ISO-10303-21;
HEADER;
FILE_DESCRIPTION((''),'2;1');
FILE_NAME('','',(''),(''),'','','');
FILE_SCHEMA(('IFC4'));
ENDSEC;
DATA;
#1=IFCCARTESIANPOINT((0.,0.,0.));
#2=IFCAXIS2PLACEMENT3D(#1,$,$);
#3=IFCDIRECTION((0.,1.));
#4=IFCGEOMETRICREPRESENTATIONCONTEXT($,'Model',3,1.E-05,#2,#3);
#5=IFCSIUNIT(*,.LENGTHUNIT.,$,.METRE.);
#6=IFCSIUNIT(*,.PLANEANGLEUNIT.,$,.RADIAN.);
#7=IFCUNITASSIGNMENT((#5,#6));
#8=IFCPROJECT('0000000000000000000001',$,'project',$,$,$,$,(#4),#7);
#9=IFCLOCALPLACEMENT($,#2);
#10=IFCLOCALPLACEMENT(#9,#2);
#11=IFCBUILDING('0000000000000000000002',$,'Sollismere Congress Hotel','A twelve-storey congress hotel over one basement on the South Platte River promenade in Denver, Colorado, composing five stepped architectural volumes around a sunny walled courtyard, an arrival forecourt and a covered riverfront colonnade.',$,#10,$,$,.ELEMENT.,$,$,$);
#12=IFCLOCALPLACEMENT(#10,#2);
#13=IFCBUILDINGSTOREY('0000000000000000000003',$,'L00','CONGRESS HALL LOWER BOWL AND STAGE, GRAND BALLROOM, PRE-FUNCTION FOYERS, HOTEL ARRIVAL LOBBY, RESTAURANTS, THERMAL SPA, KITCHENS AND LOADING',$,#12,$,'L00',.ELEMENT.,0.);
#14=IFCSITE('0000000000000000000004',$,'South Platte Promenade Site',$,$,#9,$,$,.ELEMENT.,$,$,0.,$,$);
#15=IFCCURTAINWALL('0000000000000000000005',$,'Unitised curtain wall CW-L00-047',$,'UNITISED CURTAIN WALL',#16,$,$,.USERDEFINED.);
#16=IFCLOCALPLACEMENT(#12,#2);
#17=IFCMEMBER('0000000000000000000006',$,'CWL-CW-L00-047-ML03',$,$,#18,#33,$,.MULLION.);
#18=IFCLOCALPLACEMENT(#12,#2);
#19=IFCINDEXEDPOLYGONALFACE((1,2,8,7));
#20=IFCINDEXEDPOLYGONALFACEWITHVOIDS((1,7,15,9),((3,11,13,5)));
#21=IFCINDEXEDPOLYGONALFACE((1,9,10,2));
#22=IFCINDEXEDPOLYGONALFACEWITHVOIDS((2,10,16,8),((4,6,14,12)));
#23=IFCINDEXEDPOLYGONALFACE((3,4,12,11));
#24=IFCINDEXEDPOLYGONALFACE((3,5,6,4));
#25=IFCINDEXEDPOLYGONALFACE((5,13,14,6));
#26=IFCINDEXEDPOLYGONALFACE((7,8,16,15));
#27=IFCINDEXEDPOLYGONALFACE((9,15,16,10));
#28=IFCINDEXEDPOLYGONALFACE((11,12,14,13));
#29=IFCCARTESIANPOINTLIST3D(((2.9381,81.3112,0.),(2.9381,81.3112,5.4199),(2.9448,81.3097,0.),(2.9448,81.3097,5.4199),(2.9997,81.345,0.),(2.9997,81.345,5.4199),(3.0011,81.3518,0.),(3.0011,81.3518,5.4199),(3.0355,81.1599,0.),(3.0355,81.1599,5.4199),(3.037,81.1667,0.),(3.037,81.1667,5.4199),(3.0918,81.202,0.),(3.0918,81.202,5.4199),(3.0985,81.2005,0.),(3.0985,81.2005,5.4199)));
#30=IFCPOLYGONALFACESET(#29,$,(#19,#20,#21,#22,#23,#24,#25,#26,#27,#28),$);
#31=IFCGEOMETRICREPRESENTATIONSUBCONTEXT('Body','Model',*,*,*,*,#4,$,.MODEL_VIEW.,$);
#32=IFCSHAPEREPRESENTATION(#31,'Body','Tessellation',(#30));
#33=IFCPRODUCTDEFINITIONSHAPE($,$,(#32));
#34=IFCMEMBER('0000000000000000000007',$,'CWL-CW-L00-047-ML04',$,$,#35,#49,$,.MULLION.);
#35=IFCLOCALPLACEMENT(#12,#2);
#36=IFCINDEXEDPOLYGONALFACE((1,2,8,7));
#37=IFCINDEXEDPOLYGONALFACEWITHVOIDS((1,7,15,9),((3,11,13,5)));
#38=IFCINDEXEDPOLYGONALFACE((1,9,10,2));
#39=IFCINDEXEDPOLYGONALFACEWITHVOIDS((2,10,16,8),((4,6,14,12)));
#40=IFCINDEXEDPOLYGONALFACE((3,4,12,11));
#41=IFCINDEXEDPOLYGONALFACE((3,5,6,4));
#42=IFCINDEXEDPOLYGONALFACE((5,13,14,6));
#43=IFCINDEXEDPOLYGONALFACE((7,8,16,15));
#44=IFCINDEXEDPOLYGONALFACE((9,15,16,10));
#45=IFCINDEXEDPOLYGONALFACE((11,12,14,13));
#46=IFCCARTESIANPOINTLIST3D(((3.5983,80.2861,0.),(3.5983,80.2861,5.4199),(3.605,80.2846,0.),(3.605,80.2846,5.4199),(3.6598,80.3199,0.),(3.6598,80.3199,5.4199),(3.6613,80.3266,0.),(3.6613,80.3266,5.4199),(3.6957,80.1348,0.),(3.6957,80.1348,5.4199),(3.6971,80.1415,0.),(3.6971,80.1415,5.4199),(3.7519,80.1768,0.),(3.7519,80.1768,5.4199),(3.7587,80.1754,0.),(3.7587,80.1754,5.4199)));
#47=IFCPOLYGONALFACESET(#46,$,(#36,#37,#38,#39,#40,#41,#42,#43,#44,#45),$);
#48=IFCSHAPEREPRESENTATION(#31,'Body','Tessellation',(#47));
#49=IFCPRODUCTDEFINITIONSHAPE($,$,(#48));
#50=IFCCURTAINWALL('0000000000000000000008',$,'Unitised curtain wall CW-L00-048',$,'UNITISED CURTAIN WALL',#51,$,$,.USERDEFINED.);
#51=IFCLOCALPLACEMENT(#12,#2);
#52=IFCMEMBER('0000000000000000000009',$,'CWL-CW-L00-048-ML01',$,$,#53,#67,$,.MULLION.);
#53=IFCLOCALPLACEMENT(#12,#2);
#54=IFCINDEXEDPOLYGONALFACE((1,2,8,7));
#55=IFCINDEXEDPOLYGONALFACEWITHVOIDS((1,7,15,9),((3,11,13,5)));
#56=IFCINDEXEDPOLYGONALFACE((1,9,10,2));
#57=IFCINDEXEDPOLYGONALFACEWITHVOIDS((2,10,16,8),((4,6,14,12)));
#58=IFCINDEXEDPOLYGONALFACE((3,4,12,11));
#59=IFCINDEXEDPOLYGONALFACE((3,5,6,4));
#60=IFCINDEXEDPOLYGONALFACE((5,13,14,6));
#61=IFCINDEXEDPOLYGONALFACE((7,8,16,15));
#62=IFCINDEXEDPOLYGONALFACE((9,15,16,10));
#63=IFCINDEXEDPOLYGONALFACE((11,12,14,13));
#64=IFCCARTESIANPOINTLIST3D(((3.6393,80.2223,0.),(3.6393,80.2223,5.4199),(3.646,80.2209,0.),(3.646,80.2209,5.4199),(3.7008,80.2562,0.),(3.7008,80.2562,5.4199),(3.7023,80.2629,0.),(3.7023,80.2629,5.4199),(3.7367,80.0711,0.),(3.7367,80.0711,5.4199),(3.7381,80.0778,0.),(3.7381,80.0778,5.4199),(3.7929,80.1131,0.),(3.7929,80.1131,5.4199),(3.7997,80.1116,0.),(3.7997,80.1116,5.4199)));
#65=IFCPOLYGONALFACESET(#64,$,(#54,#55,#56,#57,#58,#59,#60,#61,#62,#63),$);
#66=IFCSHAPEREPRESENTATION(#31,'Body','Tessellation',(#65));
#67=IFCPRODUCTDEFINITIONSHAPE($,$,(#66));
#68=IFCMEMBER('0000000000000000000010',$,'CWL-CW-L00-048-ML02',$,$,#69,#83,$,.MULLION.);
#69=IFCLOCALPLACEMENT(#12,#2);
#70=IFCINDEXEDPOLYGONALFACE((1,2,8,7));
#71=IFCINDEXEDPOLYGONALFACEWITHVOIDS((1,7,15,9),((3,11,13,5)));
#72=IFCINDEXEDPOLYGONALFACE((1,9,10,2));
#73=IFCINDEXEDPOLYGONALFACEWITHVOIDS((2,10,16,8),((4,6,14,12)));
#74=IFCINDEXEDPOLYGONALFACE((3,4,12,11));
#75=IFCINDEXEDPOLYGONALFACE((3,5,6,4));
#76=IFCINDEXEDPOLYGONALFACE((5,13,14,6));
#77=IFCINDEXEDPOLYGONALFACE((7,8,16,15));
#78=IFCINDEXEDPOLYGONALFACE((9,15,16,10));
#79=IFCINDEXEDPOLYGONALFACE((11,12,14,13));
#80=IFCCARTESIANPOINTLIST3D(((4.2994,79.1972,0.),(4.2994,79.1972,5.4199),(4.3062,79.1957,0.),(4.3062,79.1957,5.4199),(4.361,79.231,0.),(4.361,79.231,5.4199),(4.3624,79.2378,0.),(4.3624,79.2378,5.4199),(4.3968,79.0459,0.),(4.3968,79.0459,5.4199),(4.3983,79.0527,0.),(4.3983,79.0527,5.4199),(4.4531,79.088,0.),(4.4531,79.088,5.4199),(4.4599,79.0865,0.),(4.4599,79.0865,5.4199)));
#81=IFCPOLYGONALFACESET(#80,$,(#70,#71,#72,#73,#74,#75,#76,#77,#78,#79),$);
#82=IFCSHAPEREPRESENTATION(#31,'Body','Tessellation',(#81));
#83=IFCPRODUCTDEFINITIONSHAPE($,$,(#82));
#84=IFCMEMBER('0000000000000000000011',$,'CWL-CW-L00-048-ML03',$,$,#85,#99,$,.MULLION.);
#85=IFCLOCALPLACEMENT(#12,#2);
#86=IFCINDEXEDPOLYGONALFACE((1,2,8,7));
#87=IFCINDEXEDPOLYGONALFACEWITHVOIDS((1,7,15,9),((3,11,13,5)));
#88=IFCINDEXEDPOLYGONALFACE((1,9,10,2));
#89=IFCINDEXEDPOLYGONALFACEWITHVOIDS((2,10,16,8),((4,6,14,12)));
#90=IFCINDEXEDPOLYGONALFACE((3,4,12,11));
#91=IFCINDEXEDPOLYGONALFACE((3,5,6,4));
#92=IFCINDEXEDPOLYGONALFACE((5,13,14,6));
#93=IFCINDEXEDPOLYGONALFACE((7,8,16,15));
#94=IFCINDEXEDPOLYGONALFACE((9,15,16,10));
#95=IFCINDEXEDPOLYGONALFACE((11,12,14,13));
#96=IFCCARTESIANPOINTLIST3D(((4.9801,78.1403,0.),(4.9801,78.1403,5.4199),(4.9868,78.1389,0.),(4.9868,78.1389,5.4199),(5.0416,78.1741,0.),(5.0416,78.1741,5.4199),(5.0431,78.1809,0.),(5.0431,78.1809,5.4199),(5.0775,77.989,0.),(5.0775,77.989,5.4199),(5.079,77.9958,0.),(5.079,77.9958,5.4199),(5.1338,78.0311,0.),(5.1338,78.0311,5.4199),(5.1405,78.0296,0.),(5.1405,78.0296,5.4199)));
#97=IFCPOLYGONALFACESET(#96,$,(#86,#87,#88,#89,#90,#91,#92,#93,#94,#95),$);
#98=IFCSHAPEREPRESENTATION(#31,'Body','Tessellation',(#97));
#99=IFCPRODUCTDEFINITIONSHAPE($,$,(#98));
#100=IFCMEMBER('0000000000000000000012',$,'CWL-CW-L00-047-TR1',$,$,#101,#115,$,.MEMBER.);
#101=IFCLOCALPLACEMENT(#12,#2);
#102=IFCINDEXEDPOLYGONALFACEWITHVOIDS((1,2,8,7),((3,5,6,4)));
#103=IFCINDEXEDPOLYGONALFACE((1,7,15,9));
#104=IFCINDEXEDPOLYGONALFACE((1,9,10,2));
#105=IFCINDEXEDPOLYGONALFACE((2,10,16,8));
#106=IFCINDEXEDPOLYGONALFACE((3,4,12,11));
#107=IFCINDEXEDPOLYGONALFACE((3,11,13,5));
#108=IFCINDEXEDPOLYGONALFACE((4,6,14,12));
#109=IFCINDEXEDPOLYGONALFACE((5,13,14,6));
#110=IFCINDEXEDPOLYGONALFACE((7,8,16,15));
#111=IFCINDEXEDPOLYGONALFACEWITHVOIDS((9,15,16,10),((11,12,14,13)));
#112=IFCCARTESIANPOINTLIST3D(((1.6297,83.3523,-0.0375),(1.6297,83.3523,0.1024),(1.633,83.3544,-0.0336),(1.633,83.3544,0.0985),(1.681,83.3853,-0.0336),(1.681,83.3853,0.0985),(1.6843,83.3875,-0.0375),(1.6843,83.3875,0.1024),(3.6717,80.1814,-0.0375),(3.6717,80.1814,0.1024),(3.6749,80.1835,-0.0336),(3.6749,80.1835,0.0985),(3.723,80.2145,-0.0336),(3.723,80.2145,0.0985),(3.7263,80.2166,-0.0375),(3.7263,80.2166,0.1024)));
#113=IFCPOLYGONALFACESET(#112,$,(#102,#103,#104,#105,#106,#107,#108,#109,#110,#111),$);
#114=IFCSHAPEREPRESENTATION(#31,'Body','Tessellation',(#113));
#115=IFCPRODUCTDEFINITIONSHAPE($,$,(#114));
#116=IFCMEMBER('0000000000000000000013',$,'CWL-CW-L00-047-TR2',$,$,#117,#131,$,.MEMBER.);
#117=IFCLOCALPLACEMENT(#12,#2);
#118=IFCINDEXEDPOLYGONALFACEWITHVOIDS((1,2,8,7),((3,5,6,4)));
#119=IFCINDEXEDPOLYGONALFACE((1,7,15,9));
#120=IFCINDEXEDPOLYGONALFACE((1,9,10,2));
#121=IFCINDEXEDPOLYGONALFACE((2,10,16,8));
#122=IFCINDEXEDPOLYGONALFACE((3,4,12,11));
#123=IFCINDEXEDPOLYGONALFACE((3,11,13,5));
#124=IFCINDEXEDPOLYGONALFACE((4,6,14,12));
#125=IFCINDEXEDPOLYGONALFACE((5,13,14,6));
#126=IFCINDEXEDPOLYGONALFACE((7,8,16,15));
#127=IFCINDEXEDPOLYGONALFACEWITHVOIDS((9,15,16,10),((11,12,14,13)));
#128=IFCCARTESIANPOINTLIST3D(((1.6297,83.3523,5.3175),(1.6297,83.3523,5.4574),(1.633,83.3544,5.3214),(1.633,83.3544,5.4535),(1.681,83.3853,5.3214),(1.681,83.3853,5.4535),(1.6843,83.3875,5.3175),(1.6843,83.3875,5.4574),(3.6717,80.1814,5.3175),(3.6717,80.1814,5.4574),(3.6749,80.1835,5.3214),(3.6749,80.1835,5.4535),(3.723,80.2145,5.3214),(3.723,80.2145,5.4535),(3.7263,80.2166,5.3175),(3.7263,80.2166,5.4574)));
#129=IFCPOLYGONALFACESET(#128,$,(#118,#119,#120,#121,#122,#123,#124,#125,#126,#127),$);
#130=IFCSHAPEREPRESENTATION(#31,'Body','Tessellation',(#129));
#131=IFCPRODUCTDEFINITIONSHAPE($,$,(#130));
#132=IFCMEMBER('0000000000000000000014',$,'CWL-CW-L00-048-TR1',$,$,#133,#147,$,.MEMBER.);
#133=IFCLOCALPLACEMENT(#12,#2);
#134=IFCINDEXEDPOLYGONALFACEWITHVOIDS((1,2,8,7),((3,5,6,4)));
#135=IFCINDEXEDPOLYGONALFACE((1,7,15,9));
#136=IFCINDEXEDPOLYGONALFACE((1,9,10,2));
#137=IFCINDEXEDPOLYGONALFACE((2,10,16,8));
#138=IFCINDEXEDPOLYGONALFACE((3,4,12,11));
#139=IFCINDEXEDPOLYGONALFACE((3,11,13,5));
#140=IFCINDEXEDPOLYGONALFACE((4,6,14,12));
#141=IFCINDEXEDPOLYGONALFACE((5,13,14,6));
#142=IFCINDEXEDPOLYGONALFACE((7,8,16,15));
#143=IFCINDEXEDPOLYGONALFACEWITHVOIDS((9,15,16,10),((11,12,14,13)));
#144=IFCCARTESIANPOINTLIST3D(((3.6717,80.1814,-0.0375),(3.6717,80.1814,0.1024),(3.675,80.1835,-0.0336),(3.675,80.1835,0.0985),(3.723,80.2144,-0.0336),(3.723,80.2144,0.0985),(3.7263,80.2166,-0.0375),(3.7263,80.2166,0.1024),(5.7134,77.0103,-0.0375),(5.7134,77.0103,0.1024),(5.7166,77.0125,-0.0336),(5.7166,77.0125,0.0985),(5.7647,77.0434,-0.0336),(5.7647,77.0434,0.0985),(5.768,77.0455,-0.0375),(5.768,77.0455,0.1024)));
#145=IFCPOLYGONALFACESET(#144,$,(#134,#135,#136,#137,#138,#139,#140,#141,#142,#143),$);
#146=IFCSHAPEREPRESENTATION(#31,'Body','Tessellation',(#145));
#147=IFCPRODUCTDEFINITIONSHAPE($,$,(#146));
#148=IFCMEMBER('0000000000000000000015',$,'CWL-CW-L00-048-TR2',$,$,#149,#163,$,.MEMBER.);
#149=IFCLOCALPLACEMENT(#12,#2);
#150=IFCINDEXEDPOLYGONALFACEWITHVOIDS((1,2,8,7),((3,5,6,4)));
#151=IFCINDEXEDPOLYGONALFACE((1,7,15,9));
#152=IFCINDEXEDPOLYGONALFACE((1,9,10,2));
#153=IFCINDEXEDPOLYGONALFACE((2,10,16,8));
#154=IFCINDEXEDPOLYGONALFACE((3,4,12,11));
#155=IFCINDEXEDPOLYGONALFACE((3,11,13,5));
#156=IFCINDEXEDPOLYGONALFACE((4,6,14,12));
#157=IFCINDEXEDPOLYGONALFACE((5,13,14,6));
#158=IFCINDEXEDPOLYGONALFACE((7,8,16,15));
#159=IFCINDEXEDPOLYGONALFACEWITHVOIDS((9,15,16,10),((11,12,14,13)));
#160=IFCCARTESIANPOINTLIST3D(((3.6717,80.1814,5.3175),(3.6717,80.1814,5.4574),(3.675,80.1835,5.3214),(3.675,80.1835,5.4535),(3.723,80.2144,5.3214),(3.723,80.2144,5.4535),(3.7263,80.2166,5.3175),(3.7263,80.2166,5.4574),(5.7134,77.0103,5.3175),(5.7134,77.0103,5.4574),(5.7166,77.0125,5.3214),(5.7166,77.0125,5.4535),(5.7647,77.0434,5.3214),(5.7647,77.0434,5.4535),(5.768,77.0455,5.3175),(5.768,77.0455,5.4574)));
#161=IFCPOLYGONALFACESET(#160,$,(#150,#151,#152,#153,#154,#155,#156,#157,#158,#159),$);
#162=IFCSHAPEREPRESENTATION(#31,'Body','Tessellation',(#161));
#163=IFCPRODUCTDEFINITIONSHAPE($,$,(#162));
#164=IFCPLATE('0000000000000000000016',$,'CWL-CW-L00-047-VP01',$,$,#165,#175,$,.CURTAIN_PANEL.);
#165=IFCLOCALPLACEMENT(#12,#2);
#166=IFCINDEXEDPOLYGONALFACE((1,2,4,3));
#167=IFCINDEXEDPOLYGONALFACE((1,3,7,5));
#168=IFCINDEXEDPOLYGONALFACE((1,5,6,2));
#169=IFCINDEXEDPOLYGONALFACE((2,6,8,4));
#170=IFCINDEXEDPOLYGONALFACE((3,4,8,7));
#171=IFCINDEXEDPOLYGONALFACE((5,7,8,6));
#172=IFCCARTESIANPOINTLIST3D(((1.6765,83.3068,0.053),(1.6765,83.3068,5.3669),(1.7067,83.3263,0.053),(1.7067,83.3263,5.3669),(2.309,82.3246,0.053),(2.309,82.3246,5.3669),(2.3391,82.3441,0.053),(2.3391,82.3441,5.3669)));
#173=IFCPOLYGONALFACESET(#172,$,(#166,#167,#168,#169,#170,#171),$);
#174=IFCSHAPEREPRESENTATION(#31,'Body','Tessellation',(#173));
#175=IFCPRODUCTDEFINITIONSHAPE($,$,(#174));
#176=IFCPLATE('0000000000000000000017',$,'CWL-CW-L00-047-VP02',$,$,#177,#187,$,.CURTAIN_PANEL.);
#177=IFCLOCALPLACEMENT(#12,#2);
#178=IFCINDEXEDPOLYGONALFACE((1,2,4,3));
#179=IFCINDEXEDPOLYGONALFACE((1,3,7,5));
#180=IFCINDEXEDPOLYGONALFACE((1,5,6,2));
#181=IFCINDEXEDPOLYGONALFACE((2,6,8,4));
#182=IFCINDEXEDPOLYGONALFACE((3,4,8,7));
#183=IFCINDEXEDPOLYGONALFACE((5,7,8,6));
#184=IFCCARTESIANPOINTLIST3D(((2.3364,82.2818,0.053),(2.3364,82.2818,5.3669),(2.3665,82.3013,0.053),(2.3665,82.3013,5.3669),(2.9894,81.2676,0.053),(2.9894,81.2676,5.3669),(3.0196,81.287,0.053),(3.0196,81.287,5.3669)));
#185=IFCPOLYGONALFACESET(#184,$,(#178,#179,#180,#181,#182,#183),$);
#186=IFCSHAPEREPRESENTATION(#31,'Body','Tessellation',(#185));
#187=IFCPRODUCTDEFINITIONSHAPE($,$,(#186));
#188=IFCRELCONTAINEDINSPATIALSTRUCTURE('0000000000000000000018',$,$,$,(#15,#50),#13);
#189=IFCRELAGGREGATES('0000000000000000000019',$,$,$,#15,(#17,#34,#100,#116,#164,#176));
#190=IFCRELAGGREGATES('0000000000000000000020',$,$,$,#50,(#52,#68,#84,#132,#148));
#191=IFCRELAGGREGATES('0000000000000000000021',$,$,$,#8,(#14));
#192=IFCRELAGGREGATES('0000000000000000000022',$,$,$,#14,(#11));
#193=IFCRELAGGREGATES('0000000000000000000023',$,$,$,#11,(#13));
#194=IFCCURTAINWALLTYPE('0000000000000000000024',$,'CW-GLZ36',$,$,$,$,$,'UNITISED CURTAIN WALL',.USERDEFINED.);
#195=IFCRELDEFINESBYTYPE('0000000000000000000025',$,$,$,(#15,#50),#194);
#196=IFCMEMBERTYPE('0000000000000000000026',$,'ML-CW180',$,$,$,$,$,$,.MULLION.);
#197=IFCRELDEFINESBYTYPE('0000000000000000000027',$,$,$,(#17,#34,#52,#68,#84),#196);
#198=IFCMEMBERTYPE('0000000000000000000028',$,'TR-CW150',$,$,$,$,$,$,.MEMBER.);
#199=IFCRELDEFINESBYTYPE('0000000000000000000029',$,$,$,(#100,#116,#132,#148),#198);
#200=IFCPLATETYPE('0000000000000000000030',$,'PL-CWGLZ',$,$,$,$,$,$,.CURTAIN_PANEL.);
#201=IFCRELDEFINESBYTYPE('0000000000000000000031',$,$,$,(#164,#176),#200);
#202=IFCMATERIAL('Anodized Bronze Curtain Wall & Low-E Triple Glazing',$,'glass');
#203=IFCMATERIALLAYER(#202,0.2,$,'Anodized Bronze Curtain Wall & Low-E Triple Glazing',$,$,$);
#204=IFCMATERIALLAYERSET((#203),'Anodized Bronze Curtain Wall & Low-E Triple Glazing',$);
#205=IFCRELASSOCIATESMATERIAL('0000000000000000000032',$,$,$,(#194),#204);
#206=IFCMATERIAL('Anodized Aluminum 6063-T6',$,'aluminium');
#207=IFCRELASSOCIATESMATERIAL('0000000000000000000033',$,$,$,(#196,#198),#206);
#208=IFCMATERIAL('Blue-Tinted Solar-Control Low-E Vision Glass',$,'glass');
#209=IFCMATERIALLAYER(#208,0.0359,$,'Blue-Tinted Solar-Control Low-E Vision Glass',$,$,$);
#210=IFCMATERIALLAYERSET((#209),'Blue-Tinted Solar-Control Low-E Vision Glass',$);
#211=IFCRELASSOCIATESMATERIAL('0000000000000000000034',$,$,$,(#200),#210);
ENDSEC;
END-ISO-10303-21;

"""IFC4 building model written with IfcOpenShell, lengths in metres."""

from ifc_helpers import new_model, si_unit, direction, frame, origin, origin_2d, place, context, subcontext, project, spatial, rectangle, hollow_rectangle, extrude, material, layer, layer_set, material_profile, profile_set, type_object, element, aggregate, save


model = new_model("IFC4")

# Units and contexts
model_context = context("Model", 3, precision=1e-05, world=origin(), true_north=direction((0.0, 1.0)))
body_context = subcontext(model_context, "Body", "Model", "MODEL_VIEW")
ifc_project = project(units=[si_unit("LENGTHUNIT", "METRE"), si_unit("PLANEANGLEUNIT", "RADIAN")], contexts=[model_context])

# Site, building, storey
site_placement = place(None, origin())
site = spatial("IfcSite", under=ifc_project, at=site_placement, Name="South Platte Promenade Site", CompositionType="ELEMENT", RefElevation=0.0)
building_placement = place(site_placement, origin())
building = spatial("IfcBuilding", under=site, at=building_placement, Name="Sollismere Congress Hotel", Description="A twelve-storey congress hotel over one basement on the South Platte River promenade in Denver, Colorado, composing five stepped architectural volumes around a sunny walled courtyard, an arrival forecourt and a covered riverfront colonnade.", CompositionType="ELEMENT")
storey_placement = place(building_placement, origin())
storey = spatial("IfcBuildingStorey", under=building, at=storey_placement, Name="L00", Description="CONGRESS HALL LOWER BOWL AND STAGE, GRAND BALLROOM, PRE-FUNCTION FOYERS, HOTEL ARRIVAL LOBBY, RESTAURANTS, THERMAL SPA, KITCHENS AND LOADING", LongName="L00", CompositionType="ELEMENT", Elevation=0.0)

# Curtain walls, members
ifc_material_1 = material(Name="Anodized Bronze Curtain Wall & Low-E Triple Glazing", Category="glass")
ifc_layer_1 = layer(ifc_material_1, 0.2, Name="Anodized Bronze Curtain Wall & Low-E Triple Glazing")
ifc_layer_set_1 = layer_set([ifc_layer_1], Name="Anodized Bronze Curtain Wall & Low-E Triple Glazing")
curtain_wall_type = type_object("IfcCurtainWallType", Name="CW-GLZ36", ElementType="UNITISED CURTAIN WALL", PredefinedType="USERDEFINED", material=ifc_layer_set_1)
curtain_wall_1_placement = place(storey_placement, origin())
curtain_wall_1 = element("IfcCurtainWall", 1, at=curtain_wall_1_placement, inside=storey, type_object=curtain_wall_type, Name="Unitised curtain wall CW-L00-047", ObjectType="UNITISED CURTAIN WALL", PredefinedType="USERDEFINED")
ifc_material_2 = material(Name="Anodized Aluminum 6063-T6", Category="aluminium")
ifc_material_profile_1 = material_profile(ifc_material_2, hollow_rectangle(XDim=0.075, YDim=0.1799, WallThickness=0.0049, at=origin_2d()), Name="ALU180X75X5")
ifc_profile_set_1 = profile_set([ifc_material_profile_1], Name="Anodized Aluminum 6063-T6")
member_type_1 = type_object("IfcMemberType", Name="ML-CW180", PredefinedType="MULLION", material=ifc_profile_set_1)
member_1_placement = place(storey_placement, frame((3.0183, 81.2559, 0.0), z_axis=(0.0, 0.0, 1.0), x_axis=(0.840775, 0.541385, 0.0)))
member_1 = element("IfcMember", 2, at=member_1_placement, type_object=member_type_1, Name="CWL-CW-L00-047-ML03", PredefinedType="MULLION", context=body_context, shape_type="SweptSolid", body=[
    extrude(hollow_rectangle(XDim=0.075, YDim=0.1799, WallThickness=0.0049, at=origin_2d()), origin(), (0.0, 0.0, 1.0), 5.4199),
])
member_2_placement = place(storey_placement, frame((3.6785, 80.2307, 0.0), z_axis=(0.0, 0.0, 1.0), x_axis=(0.840775, 0.541385, 0.0)))
member_2 = element("IfcMember", 3, at=member_2_placement, type_object=member_type_1, Name="CWL-CW-L00-047-ML04", PredefinedType="MULLION", context=body_context, shape_type="SweptSolid", body=[
    extrude(hollow_rectangle(XDim=0.075, YDim=0.1799, WallThickness=0.0049, at=origin_2d()), origin(), (0.0, 0.0, 1.0), 5.4199),
])
curtain_wall_2_placement = place(storey_placement, origin())
curtain_wall_2 = element("IfcCurtainWall", 4, at=curtain_wall_2_placement, inside=storey, type_object=curtain_wall_type, Name="Unitised curtain wall CW-L00-048", ObjectType="UNITISED CURTAIN WALL", PredefinedType="USERDEFINED")
member_3_placement = place(storey_placement, frame((3.7195, 80.167, 0.0), z_axis=(0.0, 0.0, 1.0), x_axis=(0.840775, 0.541385, 0.0)))
member_3 = element("IfcMember", 5, at=member_3_placement, type_object=member_type_1, Name="CWL-CW-L00-048-ML01", PredefinedType="MULLION", context=body_context, shape_type="SweptSolid", body=[
    extrude(hollow_rectangle(XDim=0.075, YDim=0.1799, WallThickness=0.0049, at=origin_2d()), origin(), (0.0, 0.0, 1.0), 5.4199),
])
member_4_placement = place(storey_placement, frame((4.3796, 79.1418, 0.0), z_axis=(0.0, 0.0, 1.0), x_axis=(0.840775, 0.541385, 0.0)))
member_4 = element("IfcMember", 6, at=member_4_placement, type_object=member_type_1, Name="CWL-CW-L00-048-ML02", PredefinedType="MULLION", context=body_context, shape_type="SweptSolid", body=[
    extrude(hollow_rectangle(XDim=0.075, YDim=0.1799, WallThickness=0.0049, at=origin_2d()), origin(), (0.0, 0.0, 1.0), 5.4199),
])
member_5_placement = place(storey_placement, frame((5.0603, 78.085, 0.0), z_axis=(0.0, 0.0, 1.0), x_axis=(0.840775, 0.541385, 0.0)))
member_5 = element("IfcMember", 7, at=member_5_placement, type_object=member_type_1, Name="CWL-CW-L00-048-ML03", PredefinedType="MULLION", context=body_context, shape_type="SweptSolid", body=[
    extrude(hollow_rectangle(XDim=0.075, YDim=0.1799, WallThickness=0.0049, at=origin_2d()), origin(), (0.0, 0.0, 1.0), 5.4199),
])

# Members
ifc_material_profile_2 = material_profile(ifc_material_2, hollow_rectangle(XDim=0.0649, YDim=0.1399, WallThickness=0.0039, at=origin_2d()), Name="ALU140X65X4")
ifc_profile_set_2 = profile_set([ifc_material_profile_2], Name="Anodized Aluminum 6063-T6")
member_type_2 = type_object("IfcMemberType", Name="TR-CW150", PredefinedType="MEMBER", material=ifc_profile_set_2)
member_6_placement = place(storey_placement, frame((1.657, 83.3699, 0.0325), z_axis=(0.541425, -0.840749, 0.0), x_axis=(0.840749, 0.541425, 0.0)))
member_6 = element("IfcMember", 8, at=member_6_placement, type_object=member_type_2, Name="CWL-CW-L00-047-TR1", PredefinedType="MEMBER", context=body_context, shape_type="SweptSolid", body=[
    extrude(hollow_rectangle(XDim=0.0649, YDim=0.1399, WallThickness=0.0039, at=origin_2d()), origin(), (0.0, 0.0, 1.0), 3.7715),
])
member_7_placement = place(storey_placement, frame((1.657, 83.3699, 5.3875), z_axis=(0.541425, -0.840749, 0.0), x_axis=(0.840749, 0.541425, 0.0)))
member_7 = element("IfcMember", 9, at=member_7_placement, type_object=member_type_2, Name="CWL-CW-L00-047-TR2", PredefinedType="MEMBER", context=body_context, shape_type="SweptSolid", body=[
    extrude(hollow_rectangle(XDim=0.0649, YDim=0.1399, WallThickness=0.0039, at=origin_2d()), origin(), (0.0, 0.0, 1.0), 3.7715),
])
member_8_placement = place(storey_placement, frame((3.699, 80.199, 0.0325), z_axis=(0.54135, -0.840798, 0.0), x_axis=(0.840798, 0.54135, 0.0)))
member_8 = element("IfcMember", 10, at=member_8_placement, type_object=member_type_2, Name="CWL-CW-L00-048-TR1", PredefinedType="MEMBER", context=body_context, shape_type="SweptSolid", body=[
    extrude(hollow_rectangle(XDim=0.0649, YDim=0.1399, WallThickness=0.0039, at=origin_2d()), origin(), (0.0, 0.0, 1.0), 3.7715),
])
member_9_placement = place(storey_placement, frame((3.699, 80.199, 5.3875), z_axis=(0.54135, -0.840798, 0.0), x_axis=(0.840798, 0.54135, 0.0)))
member_9 = element("IfcMember", 11, at=member_9_placement, type_object=member_type_2, Name="CWL-CW-L00-048-TR2", PredefinedType="MEMBER", context=body_context, shape_type="SweptSolid", body=[
    extrude(hollow_rectangle(XDim=0.0649, YDim=0.1399, WallThickness=0.0039, at=origin_2d()), origin(), (0.0, 0.0, 1.0), 3.7715),
])

# Plates
ifc_material_3 = material(Name="Blue-Tinted Solar-Control Low-E Vision Glass", Category="glass")
ifc_layer_2 = layer(ifc_material_3, 0.0359, Name="Blue-Tinted Solar-Control Low-E Vision Glass")
ifc_layer_set_2 = layer_set([ifc_layer_2], Name="Blue-Tinted Solar-Control Low-E Vision Glass")
plate_type_1 = type_object("IfcPlateType", Name="PL-CWGLZ", PredefinedType="CURTAIN_PANEL", material=ifc_layer_set_2)
plate_1_placement = place(storey_placement, frame((2.0078, 82.8254, 0.053), z_axis=(0.0, 0.0, 1.0), x_axis=(0.541385, -0.840775, 0.0)))
plate_1 = element("IfcPlate", 12, at=plate_1_placement, type_object=plate_type_1, Name="CWL-CW-L00-047-VP01", PredefinedType="CURTAIN_PANEL", context=body_context, shape_type="SweptSolid", body=[
    extrude(rectangle(XDim=1.1682, YDim=0.0359, at=origin_2d()), origin(), (0.0, 0.0, 1.0), 5.314),
])
plate_2_placement = place(storey_placement, frame((2.678, 81.7844, 0.053), z_axis=(0.0, 0.0, 1.0), x_axis=(0.541385, -0.840775, 0.0)))
plate_2 = element("IfcPlate", 13, at=plate_2_placement, type_object=plate_type_1, Name="CWL-CW-L00-047-VP02", PredefinedType="CURTAIN_PANEL", context=body_context, shape_type="SweptSolid", body=[
    extrude(rectangle(XDim=1.2063, YDim=0.0359, at=origin_2d()), origin(), (0.0, 0.0, 1.0), 5.314),
])
aggregate(curtain_wall_1, [member_1, member_2, member_6, member_7, plate_1, plate_2])
aggregate(curtain_wall_2, [member_3, member_4, member_5, member_8, member_9])

save(model, "model.ifc")
